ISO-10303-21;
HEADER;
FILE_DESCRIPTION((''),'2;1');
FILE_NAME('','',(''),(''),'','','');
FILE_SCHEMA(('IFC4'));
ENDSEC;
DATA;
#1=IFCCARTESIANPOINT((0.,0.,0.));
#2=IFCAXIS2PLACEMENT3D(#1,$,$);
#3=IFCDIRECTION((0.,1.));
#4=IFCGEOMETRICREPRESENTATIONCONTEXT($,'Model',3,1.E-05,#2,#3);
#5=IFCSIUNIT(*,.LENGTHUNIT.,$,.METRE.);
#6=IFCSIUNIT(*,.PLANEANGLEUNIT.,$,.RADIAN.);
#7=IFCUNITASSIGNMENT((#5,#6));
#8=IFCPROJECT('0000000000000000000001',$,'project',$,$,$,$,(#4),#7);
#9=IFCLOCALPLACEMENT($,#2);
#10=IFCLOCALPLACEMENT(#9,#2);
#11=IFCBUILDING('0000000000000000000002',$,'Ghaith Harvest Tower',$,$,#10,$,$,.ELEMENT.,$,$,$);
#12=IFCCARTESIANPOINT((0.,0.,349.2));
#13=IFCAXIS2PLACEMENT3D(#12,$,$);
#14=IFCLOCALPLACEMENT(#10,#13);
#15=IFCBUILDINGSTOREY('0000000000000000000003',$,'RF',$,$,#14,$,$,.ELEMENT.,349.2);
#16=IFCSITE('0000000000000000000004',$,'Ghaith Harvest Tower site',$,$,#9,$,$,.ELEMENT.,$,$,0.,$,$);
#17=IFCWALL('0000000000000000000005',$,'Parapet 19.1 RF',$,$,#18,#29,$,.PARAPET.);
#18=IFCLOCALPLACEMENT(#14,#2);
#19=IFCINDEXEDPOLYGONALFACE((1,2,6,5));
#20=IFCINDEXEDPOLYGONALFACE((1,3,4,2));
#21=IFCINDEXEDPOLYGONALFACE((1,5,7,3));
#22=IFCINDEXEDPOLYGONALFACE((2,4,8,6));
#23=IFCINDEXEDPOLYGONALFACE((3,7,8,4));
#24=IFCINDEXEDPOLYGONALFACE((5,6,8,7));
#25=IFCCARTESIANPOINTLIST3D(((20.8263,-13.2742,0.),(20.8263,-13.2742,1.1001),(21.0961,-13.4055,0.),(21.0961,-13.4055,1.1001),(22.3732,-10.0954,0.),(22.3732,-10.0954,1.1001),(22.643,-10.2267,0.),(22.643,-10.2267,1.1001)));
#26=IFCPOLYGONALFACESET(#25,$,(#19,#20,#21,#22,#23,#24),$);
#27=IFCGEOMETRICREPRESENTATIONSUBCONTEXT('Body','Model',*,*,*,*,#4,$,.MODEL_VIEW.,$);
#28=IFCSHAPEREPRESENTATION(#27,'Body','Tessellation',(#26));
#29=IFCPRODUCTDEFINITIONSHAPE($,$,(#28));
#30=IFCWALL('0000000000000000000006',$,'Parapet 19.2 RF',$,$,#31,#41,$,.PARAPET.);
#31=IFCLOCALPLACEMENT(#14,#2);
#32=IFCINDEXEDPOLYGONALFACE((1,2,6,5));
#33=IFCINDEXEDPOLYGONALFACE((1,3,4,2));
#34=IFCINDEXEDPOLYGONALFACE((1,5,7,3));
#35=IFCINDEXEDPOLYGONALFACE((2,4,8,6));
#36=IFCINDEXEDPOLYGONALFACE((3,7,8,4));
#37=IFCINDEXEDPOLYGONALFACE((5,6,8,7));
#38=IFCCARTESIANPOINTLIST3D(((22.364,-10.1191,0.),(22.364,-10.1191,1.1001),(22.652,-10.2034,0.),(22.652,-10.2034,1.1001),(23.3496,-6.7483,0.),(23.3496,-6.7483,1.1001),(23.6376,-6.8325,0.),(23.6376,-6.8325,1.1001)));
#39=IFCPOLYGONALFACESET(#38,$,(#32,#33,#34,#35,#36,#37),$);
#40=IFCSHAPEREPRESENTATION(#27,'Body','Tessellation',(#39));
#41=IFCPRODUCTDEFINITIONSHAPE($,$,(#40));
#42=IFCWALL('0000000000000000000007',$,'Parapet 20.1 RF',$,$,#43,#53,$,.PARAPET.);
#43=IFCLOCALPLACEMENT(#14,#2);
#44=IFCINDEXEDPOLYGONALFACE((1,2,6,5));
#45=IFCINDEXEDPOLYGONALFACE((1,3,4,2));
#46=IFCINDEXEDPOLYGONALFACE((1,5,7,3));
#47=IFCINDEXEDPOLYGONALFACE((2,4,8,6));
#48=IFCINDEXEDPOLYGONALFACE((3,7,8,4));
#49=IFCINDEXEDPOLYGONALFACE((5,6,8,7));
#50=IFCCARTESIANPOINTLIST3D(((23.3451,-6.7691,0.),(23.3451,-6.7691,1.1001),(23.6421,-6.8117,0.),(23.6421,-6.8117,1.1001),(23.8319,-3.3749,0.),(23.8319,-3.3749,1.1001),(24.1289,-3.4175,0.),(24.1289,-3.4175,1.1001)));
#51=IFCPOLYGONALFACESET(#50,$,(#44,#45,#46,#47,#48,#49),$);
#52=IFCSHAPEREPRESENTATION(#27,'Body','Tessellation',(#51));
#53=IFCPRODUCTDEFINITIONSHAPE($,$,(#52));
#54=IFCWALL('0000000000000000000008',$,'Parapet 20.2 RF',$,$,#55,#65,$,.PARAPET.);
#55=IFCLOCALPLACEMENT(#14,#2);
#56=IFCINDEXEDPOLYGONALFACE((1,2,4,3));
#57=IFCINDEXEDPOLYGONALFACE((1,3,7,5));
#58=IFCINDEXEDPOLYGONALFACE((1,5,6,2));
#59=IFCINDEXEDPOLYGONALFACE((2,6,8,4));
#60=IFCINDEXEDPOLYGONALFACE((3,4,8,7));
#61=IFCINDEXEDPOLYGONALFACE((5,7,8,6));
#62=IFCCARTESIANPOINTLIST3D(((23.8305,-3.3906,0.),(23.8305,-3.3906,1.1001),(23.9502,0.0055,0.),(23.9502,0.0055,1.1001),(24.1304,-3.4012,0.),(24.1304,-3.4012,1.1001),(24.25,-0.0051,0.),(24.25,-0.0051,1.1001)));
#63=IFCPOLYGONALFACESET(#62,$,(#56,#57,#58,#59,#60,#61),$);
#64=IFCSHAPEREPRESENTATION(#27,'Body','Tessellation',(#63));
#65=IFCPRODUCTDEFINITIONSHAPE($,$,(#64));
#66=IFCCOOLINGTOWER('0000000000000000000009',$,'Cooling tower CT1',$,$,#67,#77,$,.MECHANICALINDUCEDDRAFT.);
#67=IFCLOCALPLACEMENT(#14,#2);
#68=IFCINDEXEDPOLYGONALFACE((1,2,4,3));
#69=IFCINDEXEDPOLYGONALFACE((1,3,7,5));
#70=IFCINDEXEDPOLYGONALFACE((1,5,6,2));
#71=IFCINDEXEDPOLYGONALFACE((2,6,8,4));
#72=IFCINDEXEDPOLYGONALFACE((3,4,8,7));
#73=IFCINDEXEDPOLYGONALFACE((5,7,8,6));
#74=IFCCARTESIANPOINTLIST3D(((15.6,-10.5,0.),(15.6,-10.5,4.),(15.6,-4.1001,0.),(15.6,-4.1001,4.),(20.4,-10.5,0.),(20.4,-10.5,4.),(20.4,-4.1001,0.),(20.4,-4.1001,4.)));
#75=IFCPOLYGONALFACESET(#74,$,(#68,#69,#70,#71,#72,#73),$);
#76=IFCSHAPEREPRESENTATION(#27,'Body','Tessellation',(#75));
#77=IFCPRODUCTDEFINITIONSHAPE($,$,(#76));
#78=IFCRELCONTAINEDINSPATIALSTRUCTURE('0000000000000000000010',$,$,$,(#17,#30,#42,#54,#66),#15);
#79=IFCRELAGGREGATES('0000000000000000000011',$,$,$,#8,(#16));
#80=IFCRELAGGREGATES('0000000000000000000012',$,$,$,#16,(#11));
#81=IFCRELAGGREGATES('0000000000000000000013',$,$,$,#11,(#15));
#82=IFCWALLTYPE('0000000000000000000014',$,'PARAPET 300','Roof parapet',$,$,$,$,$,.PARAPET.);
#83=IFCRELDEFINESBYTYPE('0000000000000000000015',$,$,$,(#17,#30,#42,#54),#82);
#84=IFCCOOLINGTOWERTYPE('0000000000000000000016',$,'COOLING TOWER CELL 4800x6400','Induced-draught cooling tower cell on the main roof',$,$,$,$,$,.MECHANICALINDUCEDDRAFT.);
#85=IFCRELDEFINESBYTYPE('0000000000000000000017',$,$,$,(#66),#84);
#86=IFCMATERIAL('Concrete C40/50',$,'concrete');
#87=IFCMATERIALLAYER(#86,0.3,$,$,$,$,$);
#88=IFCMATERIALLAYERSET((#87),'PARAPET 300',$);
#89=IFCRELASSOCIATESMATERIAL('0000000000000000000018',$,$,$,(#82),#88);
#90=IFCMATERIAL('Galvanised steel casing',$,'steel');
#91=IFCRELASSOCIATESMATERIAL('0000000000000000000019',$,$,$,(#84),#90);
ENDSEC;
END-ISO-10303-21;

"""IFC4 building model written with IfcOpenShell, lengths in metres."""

from ifc_helpers import new_model, si_unit, direction, frame, frame_2d, origin, origin_2d, place, context, subcontext, project, spatial, rectangle, extrude, material, layer, layer_set, type_object, element, save


model = new_model("IFC4")

# Units and contexts
model_context = context("Model", 3, precision=1e-05, world=origin(), true_north=direction((0.0, 1.0)))
body_context = subcontext(model_context, "Body", "Model", "MODEL_VIEW")
ifc_project = project(units=[si_unit("LENGTHUNIT", "METRE"), si_unit("PLANEANGLEUNIT", "RADIAN")], contexts=[model_context])

# Site, building, storey
site_placement = place(None, origin())
site = spatial("IfcSite", under=ifc_project, at=site_placement, Name="Ghaith Harvest Tower site", CompositionType="ELEMENT", RefElevation=0.0)
building_placement = place(site_placement, origin())
building = spatial("IfcBuilding", under=site, at=building_placement, Name="Ghaith Harvest Tower", CompositionType="ELEMENT")
storey_placement = place(building_placement, frame((0.0, 0.0, 349.2)))
storey = spatial("IfcBuildingStorey", under=building, at=storey_placement, Name="RF", CompositionType="ELEMENT", Elevation=349.2)

# Walls
ifc_material_1 = material(Name="Concrete C40/50", Category="concrete")
ifc_layer_1 = layer(ifc_material_1, 0.3)
ifc_layer_set_1 = layer_set([ifc_layer_1], Name="PARAPET 300")
wall_type_1 = type_object("IfcWallType", Name="PARAPET 300", Description="Roof parapet", PredefinedType="PARAPET", material=ifc_layer_set_1)
wall_1_placement = place(storey_placement, frame((20.9612, -13.3398, 0.0), z_axis=(0.0, 0.0, 1.0), x_axis=(0.437574, 0.899182, 0.0)))
element("IfcWall", 1, at=wall_1_placement, inside=storey, type_object=wall_type_1, Name="Parapet 19.1 RF", PredefinedType="PARAPET", context=body_context, shape_type="SweptSolid", body=[
    extrude(rectangle(XDim=3.5352, YDim=0.3, at=frame_2d((1.7676, 0.0))), origin(), (0.0, 0.0, 1.0), 1.1001),
])
wall_2_placement = place(storey_placement, frame((22.5081, -10.1611, 0.0), z_axis=(0.0, 0.0, 1.0), x_axis=(0.280638, 0.959814, 0.0)))
element("IfcWall", 2, at=wall_2_placement, inside=storey, type_object=wall_type_1, Name="Parapet 19.2 RF", PredefinedType="PARAPET", context=body_context, shape_type="SweptSolid", body=[
    extrude(rectangle(XDim=3.512, YDim=0.3, at=frame_2d((1.7559, 0.0))), origin(), (0.0, 0.0, 1.0), 1.1001),
])
wall_3_placement = place(storey_placement, frame((23.4937, -6.7903, 0.0), z_axis=(0.0, 0.0, 1.0), x_axis=(0.14197, 0.989871, 0.0)))
element("IfcWall", 3, at=wall_3_placement, inside=storey, type_object=wall_type_1, Name="Parapet 20.1 RF", PredefinedType="PARAPET", context=body_context, shape_type="SweptSolid", body=[
    extrude(rectangle(XDim=3.429, YDim=0.3, at=frame_2d((1.7144, 0.0))), origin(), (0.0, 0.0, 1.0), 1.1001),
])
wall_4_placement = place(storey_placement, frame((23.9805, -3.396, 0.0), z_axis=(0.0, 0.0, 1.0), x_axis=(0.035205, 0.99938, 0.0)))
element("IfcWall", 4, at=wall_4_placement, inside=storey, type_object=wall_type_1, Name="Parapet 20.2 RF", PredefinedType="PARAPET", context=body_context, shape_type="SweptSolid", body=[
    extrude(rectangle(XDim=3.3982, YDim=0.3, at=frame_2d((1.6992, 0.0))), origin(), (0.0, 0.0, 1.0), 1.1001),
])

# Cooling tower
ifc_material_2 = material(Name="Galvanised steel casing", Category="steel")
cooling_tower_type = type_object("IfcCoolingTowerType", Name="COOLING TOWER CELL 4800x6400", Description="Induced-draught cooling tower cell on the main roof", PredefinedType="MECHANICALINDUCEDDRAFT", material=ifc_material_2)
cooling_tower_placement = place(storey_placement, frame((18.0, -7.3, 0.0), z_axis=(0.0, 0.0, 1.0), x_axis=(1.0, 0.0, 0.0)))
element("IfcCoolingTower", 5, at=cooling_tower_placement, inside=storey, type_object=cooling_tower_type, Name="Cooling tower CT1", PredefinedType="MECHANICALINDUCEDDRAFT", context=body_context, shape_type="SweptSolid", body=[
    extrude(rectangle(XDim=4.8, YDim=6.3999, at=origin_2d()), origin(), (0.0, 0.0, 1.0), 4.0),
])

save(model, "model.ifc")
